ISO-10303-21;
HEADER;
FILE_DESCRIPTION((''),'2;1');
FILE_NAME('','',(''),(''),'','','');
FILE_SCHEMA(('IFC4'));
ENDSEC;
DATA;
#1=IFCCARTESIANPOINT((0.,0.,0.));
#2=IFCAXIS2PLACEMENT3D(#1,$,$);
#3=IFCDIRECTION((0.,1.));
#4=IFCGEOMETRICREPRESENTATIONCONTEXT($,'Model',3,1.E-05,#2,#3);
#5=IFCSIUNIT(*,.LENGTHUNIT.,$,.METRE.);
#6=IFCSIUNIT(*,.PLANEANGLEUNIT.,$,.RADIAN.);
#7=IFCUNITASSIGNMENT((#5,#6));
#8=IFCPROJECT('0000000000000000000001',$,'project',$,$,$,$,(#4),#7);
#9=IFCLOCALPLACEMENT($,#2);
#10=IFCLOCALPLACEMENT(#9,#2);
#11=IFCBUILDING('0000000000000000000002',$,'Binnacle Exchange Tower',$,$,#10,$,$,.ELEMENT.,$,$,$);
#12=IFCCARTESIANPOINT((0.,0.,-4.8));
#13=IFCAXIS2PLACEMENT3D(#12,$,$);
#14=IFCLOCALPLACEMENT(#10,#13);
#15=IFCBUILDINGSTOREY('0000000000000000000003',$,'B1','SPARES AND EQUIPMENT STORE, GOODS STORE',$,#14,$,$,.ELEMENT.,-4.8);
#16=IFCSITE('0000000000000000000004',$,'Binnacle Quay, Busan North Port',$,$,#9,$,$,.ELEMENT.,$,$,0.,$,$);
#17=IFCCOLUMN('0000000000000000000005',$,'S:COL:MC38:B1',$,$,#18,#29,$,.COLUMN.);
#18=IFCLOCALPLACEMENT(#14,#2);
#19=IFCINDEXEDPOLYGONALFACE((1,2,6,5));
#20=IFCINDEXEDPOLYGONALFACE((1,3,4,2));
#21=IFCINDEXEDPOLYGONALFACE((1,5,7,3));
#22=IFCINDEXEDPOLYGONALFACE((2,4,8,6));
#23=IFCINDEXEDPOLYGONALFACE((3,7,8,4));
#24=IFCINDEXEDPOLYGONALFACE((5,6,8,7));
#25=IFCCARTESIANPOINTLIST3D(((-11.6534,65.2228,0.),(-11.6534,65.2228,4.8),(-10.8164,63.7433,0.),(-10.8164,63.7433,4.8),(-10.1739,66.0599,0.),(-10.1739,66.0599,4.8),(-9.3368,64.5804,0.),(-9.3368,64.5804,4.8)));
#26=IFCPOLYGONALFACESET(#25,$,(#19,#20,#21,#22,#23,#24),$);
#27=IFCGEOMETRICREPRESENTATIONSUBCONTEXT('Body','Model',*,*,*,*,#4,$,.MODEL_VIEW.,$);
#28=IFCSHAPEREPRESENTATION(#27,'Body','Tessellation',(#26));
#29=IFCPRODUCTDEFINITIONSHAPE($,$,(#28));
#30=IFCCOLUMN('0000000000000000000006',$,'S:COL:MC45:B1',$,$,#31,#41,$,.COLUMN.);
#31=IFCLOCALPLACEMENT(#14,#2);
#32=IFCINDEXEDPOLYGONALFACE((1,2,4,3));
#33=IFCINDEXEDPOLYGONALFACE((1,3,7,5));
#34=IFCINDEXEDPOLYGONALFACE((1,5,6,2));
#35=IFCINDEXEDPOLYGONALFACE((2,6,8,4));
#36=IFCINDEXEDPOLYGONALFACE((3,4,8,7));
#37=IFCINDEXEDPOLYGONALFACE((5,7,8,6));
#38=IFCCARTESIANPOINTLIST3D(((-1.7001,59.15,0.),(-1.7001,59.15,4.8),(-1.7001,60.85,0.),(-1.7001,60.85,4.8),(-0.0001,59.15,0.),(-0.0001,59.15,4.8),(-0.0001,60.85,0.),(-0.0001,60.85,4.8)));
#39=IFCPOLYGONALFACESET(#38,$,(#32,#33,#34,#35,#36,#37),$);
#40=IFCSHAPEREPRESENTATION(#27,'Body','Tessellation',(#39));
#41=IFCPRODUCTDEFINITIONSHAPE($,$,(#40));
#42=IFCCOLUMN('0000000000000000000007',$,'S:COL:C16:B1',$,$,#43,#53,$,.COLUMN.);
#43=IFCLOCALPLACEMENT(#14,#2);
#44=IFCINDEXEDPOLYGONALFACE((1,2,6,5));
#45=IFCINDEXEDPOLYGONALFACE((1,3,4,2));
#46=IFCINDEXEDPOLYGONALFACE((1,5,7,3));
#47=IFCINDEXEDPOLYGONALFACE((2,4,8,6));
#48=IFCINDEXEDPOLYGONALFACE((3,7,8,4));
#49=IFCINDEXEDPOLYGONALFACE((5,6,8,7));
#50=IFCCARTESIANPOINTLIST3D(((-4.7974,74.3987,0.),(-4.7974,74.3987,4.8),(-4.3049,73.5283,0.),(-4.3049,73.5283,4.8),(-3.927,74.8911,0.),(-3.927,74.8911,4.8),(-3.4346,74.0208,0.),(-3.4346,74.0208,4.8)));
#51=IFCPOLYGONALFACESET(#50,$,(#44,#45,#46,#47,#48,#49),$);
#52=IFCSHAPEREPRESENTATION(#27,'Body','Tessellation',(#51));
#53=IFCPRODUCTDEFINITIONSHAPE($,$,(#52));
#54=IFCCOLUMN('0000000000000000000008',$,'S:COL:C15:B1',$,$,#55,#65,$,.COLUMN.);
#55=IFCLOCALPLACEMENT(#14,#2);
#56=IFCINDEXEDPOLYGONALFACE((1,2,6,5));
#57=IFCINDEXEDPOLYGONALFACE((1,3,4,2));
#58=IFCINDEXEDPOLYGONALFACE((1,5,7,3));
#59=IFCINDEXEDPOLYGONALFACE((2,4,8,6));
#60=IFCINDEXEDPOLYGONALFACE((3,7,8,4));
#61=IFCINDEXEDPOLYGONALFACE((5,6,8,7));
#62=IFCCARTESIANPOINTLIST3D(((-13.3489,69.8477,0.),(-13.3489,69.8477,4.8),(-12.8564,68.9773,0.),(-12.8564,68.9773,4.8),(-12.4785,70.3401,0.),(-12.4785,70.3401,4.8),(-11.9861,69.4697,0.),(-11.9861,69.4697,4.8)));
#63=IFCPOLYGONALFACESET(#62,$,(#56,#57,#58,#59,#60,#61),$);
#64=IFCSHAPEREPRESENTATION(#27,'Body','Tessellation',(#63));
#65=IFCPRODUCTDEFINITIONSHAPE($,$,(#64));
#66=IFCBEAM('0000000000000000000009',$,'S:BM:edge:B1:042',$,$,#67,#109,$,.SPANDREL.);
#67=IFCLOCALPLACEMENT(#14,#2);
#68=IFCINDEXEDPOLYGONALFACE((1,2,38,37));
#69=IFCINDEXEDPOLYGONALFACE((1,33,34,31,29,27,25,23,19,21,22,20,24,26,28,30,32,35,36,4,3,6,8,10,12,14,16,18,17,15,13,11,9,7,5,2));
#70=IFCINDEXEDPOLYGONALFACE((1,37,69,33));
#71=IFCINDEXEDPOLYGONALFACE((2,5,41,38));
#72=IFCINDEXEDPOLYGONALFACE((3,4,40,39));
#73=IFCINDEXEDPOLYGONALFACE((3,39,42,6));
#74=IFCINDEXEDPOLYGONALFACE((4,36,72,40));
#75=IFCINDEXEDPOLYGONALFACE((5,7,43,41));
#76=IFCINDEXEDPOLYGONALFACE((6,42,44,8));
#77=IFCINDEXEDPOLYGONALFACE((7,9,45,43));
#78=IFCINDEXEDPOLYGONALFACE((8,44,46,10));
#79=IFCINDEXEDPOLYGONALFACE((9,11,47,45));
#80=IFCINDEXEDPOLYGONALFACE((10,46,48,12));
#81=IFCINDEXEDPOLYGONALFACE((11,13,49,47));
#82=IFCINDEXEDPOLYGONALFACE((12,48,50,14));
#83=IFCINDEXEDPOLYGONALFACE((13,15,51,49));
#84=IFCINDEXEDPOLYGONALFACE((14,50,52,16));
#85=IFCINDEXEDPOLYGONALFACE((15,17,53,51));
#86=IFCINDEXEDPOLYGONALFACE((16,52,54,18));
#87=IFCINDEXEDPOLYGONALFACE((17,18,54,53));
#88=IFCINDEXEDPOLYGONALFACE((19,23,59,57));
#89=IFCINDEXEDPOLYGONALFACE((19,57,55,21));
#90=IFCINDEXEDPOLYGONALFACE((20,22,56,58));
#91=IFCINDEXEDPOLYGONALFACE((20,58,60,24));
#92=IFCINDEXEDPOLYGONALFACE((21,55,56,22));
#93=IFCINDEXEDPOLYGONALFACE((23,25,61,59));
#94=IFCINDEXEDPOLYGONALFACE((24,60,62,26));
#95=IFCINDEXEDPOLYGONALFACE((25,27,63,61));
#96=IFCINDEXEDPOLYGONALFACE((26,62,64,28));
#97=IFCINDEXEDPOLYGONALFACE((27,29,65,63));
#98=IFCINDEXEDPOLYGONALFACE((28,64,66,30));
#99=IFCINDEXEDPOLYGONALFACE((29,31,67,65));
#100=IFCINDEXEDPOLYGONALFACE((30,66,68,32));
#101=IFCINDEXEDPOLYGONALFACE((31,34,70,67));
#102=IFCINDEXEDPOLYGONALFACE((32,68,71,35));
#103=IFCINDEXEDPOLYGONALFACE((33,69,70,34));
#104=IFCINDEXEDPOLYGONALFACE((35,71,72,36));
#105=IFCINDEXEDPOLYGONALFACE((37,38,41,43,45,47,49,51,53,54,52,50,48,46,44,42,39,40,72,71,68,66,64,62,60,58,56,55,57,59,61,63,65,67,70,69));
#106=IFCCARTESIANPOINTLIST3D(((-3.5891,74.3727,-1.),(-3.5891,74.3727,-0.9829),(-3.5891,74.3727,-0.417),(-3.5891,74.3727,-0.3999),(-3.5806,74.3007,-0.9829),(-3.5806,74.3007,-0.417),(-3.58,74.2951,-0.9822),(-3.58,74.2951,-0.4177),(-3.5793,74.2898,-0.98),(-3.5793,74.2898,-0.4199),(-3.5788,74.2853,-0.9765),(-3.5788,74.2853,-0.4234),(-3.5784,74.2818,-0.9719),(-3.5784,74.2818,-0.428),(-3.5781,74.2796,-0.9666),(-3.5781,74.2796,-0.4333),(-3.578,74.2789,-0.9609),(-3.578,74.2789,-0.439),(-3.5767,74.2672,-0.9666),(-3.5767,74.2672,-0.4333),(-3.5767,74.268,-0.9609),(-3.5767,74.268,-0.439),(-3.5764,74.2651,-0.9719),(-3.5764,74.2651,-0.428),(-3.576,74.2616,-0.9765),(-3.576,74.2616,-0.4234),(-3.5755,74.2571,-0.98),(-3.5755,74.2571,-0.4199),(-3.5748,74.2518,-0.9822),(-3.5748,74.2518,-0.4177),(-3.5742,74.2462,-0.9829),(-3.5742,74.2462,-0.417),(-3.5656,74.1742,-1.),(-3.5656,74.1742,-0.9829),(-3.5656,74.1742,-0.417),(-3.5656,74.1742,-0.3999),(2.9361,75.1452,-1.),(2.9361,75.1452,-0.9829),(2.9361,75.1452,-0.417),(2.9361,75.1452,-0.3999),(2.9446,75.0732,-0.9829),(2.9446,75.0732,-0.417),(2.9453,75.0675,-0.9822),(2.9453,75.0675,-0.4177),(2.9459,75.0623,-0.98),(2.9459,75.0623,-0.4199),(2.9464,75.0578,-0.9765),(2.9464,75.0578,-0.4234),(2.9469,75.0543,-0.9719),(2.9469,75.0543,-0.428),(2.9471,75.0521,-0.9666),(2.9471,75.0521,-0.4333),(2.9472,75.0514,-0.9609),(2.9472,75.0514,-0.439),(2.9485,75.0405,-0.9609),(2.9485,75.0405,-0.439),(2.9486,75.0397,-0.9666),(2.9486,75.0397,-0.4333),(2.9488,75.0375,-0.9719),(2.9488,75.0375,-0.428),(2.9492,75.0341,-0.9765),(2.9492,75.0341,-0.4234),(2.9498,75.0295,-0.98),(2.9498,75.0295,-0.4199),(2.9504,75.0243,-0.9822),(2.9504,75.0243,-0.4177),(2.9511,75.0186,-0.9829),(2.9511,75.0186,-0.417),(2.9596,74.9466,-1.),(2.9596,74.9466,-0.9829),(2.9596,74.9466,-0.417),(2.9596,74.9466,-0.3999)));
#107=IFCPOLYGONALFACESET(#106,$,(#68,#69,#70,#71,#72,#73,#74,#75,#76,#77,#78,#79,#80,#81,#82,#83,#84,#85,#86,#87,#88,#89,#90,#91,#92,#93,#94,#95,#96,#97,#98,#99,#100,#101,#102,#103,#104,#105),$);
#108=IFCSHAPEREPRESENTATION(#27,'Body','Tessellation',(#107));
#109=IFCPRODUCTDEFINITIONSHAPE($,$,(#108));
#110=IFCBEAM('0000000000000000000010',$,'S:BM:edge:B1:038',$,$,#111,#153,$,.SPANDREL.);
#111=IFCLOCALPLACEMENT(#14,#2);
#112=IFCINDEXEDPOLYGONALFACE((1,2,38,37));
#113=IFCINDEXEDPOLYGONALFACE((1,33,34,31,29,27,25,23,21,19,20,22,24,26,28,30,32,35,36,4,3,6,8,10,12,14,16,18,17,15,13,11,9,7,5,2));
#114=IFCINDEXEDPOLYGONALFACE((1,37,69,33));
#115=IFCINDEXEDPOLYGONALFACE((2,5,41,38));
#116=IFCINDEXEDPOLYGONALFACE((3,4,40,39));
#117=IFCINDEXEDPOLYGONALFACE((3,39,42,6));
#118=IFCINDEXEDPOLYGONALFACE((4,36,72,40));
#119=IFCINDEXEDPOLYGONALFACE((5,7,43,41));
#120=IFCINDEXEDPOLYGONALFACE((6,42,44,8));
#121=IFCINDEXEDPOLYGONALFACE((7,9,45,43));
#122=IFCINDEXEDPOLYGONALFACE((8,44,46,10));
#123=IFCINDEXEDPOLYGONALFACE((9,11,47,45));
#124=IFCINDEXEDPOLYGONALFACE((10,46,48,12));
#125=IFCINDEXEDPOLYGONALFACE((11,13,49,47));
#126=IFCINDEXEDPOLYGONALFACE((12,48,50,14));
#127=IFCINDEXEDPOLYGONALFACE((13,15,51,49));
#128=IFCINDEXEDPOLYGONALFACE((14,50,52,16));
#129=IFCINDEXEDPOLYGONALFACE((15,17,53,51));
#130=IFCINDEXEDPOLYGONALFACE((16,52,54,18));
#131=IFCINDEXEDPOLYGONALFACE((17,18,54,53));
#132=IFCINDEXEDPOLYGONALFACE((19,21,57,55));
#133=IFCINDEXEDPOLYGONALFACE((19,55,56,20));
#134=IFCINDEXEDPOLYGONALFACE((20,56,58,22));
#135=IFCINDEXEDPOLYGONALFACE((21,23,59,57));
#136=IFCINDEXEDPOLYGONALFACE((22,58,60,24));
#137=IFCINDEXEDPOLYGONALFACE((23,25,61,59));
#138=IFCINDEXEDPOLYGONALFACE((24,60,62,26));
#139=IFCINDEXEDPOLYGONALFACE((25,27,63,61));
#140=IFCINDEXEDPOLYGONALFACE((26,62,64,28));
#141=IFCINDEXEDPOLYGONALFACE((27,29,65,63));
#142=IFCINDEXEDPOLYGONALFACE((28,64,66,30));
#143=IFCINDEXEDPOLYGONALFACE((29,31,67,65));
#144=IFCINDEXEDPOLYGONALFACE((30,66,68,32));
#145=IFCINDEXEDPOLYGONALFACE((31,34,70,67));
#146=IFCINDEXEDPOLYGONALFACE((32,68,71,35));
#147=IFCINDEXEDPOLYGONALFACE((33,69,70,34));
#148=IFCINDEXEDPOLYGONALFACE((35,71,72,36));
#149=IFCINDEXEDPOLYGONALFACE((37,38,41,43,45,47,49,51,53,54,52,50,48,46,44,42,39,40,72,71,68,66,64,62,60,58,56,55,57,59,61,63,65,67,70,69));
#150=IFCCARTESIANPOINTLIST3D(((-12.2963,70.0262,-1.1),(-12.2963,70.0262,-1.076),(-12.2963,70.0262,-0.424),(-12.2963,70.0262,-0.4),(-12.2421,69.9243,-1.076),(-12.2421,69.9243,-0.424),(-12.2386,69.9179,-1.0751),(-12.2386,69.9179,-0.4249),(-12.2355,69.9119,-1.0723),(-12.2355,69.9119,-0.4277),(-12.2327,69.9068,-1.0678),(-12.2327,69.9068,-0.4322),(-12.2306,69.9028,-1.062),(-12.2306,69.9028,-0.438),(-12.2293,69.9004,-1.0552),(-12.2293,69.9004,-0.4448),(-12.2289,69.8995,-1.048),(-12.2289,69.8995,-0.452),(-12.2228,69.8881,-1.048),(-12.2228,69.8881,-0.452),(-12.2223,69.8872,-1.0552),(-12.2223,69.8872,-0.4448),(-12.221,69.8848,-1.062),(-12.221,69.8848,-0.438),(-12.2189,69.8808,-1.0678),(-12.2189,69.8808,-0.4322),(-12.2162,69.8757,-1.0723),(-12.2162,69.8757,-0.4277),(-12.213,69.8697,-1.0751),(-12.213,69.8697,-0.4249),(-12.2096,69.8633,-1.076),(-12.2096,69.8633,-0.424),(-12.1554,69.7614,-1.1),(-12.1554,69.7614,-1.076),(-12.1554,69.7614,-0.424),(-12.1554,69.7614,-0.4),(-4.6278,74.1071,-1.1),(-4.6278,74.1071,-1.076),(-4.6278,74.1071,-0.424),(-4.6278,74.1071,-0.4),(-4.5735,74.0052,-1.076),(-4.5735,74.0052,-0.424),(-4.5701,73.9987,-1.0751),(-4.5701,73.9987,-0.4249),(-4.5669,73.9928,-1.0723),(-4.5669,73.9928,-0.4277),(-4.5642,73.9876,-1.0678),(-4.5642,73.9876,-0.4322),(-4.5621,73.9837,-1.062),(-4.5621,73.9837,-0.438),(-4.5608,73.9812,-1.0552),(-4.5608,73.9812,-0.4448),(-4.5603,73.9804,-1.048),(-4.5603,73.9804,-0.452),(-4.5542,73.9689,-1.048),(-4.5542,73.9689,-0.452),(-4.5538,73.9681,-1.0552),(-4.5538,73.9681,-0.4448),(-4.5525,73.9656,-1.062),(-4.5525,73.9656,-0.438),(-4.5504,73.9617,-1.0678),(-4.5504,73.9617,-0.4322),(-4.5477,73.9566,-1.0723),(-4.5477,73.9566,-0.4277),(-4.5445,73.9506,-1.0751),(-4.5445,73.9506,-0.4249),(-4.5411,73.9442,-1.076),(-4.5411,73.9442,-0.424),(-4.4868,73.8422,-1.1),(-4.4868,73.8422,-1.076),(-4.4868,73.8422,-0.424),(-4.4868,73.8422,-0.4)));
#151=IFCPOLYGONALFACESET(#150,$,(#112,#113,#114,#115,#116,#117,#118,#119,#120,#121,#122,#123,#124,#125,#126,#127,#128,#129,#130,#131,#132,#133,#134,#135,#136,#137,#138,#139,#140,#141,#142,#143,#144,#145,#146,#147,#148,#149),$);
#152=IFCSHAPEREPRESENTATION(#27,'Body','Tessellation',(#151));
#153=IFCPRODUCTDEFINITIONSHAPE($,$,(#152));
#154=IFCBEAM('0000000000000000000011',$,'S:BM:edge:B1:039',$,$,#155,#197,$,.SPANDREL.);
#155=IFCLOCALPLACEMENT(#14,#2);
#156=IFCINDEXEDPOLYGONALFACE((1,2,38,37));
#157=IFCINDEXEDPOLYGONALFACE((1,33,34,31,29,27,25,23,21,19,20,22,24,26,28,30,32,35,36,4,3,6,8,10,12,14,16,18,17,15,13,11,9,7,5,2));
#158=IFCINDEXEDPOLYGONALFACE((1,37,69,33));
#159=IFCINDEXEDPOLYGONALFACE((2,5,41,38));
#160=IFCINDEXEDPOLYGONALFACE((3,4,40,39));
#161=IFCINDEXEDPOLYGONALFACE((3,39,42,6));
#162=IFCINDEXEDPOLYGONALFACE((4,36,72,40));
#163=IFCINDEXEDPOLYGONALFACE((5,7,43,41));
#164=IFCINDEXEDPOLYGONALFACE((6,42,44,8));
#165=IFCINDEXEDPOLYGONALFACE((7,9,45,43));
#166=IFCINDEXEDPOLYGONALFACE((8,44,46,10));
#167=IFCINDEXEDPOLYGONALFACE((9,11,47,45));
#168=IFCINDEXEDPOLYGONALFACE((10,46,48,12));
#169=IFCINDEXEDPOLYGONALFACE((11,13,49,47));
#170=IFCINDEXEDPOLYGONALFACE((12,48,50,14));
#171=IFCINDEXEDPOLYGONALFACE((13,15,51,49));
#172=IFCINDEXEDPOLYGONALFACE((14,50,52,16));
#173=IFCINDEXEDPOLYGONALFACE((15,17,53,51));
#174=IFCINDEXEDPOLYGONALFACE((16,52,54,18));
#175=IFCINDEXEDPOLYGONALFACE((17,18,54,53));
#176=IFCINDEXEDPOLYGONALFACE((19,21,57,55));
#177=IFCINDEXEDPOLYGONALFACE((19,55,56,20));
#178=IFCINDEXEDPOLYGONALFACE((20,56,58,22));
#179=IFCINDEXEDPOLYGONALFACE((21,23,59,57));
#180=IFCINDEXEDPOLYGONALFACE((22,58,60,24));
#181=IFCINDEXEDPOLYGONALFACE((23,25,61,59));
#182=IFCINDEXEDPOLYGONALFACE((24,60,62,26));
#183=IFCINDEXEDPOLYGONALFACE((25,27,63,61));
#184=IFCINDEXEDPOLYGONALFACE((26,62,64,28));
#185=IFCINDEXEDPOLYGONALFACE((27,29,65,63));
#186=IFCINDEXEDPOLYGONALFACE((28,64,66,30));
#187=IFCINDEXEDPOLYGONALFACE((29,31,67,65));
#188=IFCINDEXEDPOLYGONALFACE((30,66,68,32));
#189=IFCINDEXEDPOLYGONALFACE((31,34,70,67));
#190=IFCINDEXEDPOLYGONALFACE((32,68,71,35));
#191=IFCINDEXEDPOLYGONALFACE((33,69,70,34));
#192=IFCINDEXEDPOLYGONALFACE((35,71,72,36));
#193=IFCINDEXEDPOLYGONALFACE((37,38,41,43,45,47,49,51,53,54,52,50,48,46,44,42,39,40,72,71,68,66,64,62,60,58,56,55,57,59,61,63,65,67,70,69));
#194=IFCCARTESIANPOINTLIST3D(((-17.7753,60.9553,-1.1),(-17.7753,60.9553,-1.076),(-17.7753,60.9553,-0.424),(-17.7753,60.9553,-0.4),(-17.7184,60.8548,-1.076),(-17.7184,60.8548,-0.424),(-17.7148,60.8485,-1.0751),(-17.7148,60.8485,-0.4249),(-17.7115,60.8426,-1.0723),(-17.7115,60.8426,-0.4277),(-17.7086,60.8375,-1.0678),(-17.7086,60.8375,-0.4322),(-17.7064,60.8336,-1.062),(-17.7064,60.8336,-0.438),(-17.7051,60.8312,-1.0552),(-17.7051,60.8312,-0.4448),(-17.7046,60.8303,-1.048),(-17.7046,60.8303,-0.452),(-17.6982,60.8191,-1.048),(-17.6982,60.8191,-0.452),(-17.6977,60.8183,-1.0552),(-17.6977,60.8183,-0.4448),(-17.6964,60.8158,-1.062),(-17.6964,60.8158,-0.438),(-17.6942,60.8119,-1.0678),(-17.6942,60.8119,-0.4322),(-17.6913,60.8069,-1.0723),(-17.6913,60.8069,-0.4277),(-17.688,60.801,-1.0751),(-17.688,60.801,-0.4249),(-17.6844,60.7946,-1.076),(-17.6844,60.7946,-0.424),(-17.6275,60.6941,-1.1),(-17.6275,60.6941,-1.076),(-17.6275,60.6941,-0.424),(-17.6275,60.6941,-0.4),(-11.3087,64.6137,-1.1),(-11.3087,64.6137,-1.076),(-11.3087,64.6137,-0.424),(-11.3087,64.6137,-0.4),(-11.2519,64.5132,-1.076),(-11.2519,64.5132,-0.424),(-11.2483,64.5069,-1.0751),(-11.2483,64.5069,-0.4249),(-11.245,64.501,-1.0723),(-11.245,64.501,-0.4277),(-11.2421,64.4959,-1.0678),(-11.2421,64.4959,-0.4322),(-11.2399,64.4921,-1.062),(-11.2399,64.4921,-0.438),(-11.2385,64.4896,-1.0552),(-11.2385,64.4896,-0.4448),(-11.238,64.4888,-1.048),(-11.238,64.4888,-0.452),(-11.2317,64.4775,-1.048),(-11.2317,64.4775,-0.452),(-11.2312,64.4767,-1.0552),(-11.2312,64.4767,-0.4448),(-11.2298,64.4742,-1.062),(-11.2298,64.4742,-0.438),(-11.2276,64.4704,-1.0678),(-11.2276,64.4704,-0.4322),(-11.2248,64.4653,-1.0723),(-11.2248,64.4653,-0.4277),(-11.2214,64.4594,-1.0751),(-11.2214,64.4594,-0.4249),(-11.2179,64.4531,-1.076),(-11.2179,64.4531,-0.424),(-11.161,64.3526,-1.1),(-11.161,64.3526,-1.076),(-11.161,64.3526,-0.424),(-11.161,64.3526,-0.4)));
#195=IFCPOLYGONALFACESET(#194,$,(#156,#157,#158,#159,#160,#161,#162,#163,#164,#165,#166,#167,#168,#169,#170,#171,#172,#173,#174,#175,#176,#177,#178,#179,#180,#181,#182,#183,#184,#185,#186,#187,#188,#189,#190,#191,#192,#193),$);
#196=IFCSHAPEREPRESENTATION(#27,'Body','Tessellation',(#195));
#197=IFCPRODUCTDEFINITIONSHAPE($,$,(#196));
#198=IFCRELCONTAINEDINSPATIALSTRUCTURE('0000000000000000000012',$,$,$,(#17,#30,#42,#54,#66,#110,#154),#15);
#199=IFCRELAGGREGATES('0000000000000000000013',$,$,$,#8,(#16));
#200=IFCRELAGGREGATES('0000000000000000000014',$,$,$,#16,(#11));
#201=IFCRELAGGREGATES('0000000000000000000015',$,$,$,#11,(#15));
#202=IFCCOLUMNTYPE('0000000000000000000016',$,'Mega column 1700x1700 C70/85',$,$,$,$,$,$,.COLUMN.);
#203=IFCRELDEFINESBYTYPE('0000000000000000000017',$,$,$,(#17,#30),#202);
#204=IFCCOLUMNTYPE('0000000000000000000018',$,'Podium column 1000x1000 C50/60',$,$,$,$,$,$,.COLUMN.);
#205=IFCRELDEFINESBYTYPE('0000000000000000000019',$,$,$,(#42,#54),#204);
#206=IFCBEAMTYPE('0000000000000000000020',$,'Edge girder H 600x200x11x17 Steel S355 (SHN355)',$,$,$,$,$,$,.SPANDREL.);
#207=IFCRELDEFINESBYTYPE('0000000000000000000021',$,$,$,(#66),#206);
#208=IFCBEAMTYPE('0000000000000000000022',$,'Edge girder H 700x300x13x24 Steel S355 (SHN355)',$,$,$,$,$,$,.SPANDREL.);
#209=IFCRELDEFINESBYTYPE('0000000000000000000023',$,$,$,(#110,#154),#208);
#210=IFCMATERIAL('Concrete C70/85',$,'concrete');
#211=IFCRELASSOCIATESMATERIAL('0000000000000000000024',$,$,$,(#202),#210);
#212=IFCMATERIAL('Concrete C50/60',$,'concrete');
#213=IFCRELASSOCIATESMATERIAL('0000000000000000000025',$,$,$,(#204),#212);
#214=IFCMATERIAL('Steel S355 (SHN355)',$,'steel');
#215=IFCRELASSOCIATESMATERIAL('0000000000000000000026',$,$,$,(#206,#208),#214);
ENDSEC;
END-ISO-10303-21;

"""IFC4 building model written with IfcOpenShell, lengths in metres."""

from ifc_helpers import new_model, si_unit, direction, frame, origin, origin_2d, place, context, subcontext, project, spatial, rectangle, i_section, extrude, material, material_profile, profile_set, type_object, element, save


model = new_model("IFC4")

# Units and contexts
model_context = context("Model", 3, precision=1e-05, world=origin(), true_north=direction((0.0, 1.0)))
body_context = subcontext(model_context, "Body", "Model", "MODEL_VIEW")
ifc_project = project(units=[si_unit("LENGTHUNIT", "METRE"), si_unit("PLANEANGLEUNIT", "RADIAN")], contexts=[model_context])

# Site, building, storey
site_placement = place(None, origin())
site = spatial("IfcSite", under=ifc_project, at=site_placement, Name="Binnacle Quay, Busan North Port", CompositionType="ELEMENT", RefElevation=0.0)
building_placement = place(site_placement, origin())
building = spatial("IfcBuilding", under=site, at=building_placement, Name="Binnacle Exchange Tower", CompositionType="ELEMENT")
storey_placement = place(building_placement, frame((0.0, 0.0, -4.8)))
storey = spatial("IfcBuildingStorey", under=building, at=storey_placement, Name="B1", Description="SPARES AND EQUIPMENT STORE, GOODS STORE", CompositionType="ELEMENT", Elevation=-4.8)

# Columns
ifc_material_1 = material(Name="Concrete C70/85", Category="concrete")
ifc_material_profile_1 = material_profile(ifc_material_1, rectangle(XDim=1.7, YDim=1.7, at=origin_2d()), Name="Mega column 1700x1700 C70/85")
ifc_profile_set_1 = profile_set([ifc_material_profile_1], Name="Concrete C70/85")
column_type_1 = type_object("IfcColumnType", Name="Mega column 1700x1700 C70/85", PredefinedType="COLUMN", material=ifc_profile_set_1)
for number, where, z_axis, x_axis, name in (
    (1, (-10.4951, 64.9016, 0.0), (0.0, 0.0, 1.0), (-0.870356, -0.492424, 0.0), "S:COL:MC38:B1"),
    (2, (-0.8501, 60.0, 0.0), (0.0, 0.0, 1.0), (0.0, 1.0, 0.0), "S:COL:MC45:B1"),
):
    element("IfcColumn", number, at=place(storey_placement, frame(where, z_axis=z_axis, x_axis=x_axis)), inside=storey, type_object=column_type_1, Name=name, PredefinedType="COLUMN", context=body_context, shape_type="SweptSolid", body=[
        extrude(rectangle(XDim=1.7, YDim=1.7, at=origin_2d()), origin(), (0.0, 0.0, 1.0), 4.8),
    ])
ifc_material_2 = material(Name="Concrete C50/60", Category="concrete")
ifc_material_profile_2 = material_profile(ifc_material_2, rectangle(XDim=1.0, YDim=1.0, at=origin_2d()), Name="Podium column 1000x1000 C50/60")
ifc_profile_set_2 = profile_set([ifc_material_profile_2], Name="Concrete C50/60")
column_type_2 = type_object("IfcColumnType", Name="Podium column 1000x1000 C50/60", PredefinedType="COLUMN", material=ifc_profile_set_2)
for number, where, z_axis, x_axis, name in (
    (3, (-4.116, 74.2097, 0.0), (0.0, 0.0, 1.0), (-0.870356, -0.492424, 0.0), "S:COL:C16:B1"),
    (4, (-12.6675, 69.6587, 0.0), (0.0, 0.0, 1.0), (-0.870356, -0.492424, 0.0), "S:COL:C15:B1"),
):
    element("IfcColumn", number, at=place(storey_placement, frame(where, z_axis=z_axis, x_axis=x_axis)), inside=storey, type_object=column_type_2, Name=name, PredefinedType="COLUMN", context=body_context, shape_type="SweptSolid", body=[
        extrude(rectangle(XDim=1.0, YDim=1.0, at=origin_2d()), origin(), (0.0, 0.0, 1.0), 4.8),
    ])

# Beams
ifc_material_3 = material(Name="Steel S355 (SHN355)", Category="steel")
ifc_material_profile_3 = material_profile(ifc_material_3, i_section(OverallWidth=0.2, OverallDepth=0.6001, WebThickness=0.011, FlangeThickness=0.0171, FilletRadius=0.022, at=origin_2d()), Name="H 600x200x11x17")
ifc_profile_set_3 = profile_set([ifc_material_profile_3], Name="Steel S355 (SHN355)")
beam_type_1 = type_object("IfcBeamType", Name="Edge girder H 600x200x11x17 Steel S355 (SHN355)", PredefinedType="SPANDREL", material=ifc_profile_set_3)
beam_1_placement = place(storey_placement, frame((-3.5774, 74.2734, -0.7), z_axis=(0.993066, 0.117561, 0.0), x_axis=(-0.117561, 0.993066, 0.0)))
element("IfcBeam", 5, at=beam_1_placement, inside=storey, type_object=beam_type_1, Name="S:BM:edge:B1:042", PredefinedType="SPANDREL", context=body_context, shape_type="SweptSolid", body=[
    extrude(i_section(OverallWidth=0.2, OverallDepth=0.6001, WebThickness=0.011, FlangeThickness=0.0171, FilletRadius=0.022, at=origin_2d()), origin(), (0.0, 0.0, 1.0), 6.5708),
])
ifc_material_profile_4 = material_profile(ifc_material_3, i_section(OverallWidth=0.3, OverallDepth=0.7, WebThickness=0.0129, FlangeThickness=0.0239, FilletRadius=0.0281, at=origin_2d()), Name="H 700x300x13x24")
ifc_profile_set_4 = profile_set([ifc_material_profile_4], Name="Steel S355 (SHN355)")
beam_type_2 = type_object("IfcBeamType", Name="Edge girder H 700x300x13x24 Steel S355 (SHN355)", PredefinedType="SPANDREL", material=ifc_profile_set_4)
beam_2_placement = place(storey_placement, frame((-12.2258, 69.8938, -0.75), z_axis=(0.882784, 0.469778, 0.0), x_axis=(-0.469778, 0.882784, 0.0)))
element("IfcBeam", 6, at=beam_2_placement, inside=storey, type_object=beam_type_2, Name="S:BM:edge:B1:038", PredefinedType="SPANDREL", context=body_context, shape_type="SweptSolid", body=[
    extrude(i_section(OverallWidth=0.3, OverallDepth=0.7, WebThickness=0.0129, FlangeThickness=0.0239, FilletRadius=0.0281, at=origin_2d()), origin(), (0.0, 0.0, 1.0), 8.6868),
])
beam_3_placement = place(storey_placement, frame((-11.2349, 64.4832, -0.75), z_axis=(-0.870364, -0.492408, 0.0), x_axis=(0.492408, -0.870364, 0.0)))
element("IfcBeam", 7, at=beam_3_placement, inside=storey, type_object=beam_type_2, Name="S:BM:edge:B1:039", PredefinedType="SPANDREL", context=body_context, shape_type="SweptSolid", body=[
    extrude(i_section(OverallWidth=0.3, OverallDepth=0.7, WebThickness=0.0129, FlangeThickness=0.0239, FilletRadius=0.0281, at=origin_2d()), origin(), (0.0, 0.0, 1.0), 7.4297),
])

save(model, "model.ifc")
